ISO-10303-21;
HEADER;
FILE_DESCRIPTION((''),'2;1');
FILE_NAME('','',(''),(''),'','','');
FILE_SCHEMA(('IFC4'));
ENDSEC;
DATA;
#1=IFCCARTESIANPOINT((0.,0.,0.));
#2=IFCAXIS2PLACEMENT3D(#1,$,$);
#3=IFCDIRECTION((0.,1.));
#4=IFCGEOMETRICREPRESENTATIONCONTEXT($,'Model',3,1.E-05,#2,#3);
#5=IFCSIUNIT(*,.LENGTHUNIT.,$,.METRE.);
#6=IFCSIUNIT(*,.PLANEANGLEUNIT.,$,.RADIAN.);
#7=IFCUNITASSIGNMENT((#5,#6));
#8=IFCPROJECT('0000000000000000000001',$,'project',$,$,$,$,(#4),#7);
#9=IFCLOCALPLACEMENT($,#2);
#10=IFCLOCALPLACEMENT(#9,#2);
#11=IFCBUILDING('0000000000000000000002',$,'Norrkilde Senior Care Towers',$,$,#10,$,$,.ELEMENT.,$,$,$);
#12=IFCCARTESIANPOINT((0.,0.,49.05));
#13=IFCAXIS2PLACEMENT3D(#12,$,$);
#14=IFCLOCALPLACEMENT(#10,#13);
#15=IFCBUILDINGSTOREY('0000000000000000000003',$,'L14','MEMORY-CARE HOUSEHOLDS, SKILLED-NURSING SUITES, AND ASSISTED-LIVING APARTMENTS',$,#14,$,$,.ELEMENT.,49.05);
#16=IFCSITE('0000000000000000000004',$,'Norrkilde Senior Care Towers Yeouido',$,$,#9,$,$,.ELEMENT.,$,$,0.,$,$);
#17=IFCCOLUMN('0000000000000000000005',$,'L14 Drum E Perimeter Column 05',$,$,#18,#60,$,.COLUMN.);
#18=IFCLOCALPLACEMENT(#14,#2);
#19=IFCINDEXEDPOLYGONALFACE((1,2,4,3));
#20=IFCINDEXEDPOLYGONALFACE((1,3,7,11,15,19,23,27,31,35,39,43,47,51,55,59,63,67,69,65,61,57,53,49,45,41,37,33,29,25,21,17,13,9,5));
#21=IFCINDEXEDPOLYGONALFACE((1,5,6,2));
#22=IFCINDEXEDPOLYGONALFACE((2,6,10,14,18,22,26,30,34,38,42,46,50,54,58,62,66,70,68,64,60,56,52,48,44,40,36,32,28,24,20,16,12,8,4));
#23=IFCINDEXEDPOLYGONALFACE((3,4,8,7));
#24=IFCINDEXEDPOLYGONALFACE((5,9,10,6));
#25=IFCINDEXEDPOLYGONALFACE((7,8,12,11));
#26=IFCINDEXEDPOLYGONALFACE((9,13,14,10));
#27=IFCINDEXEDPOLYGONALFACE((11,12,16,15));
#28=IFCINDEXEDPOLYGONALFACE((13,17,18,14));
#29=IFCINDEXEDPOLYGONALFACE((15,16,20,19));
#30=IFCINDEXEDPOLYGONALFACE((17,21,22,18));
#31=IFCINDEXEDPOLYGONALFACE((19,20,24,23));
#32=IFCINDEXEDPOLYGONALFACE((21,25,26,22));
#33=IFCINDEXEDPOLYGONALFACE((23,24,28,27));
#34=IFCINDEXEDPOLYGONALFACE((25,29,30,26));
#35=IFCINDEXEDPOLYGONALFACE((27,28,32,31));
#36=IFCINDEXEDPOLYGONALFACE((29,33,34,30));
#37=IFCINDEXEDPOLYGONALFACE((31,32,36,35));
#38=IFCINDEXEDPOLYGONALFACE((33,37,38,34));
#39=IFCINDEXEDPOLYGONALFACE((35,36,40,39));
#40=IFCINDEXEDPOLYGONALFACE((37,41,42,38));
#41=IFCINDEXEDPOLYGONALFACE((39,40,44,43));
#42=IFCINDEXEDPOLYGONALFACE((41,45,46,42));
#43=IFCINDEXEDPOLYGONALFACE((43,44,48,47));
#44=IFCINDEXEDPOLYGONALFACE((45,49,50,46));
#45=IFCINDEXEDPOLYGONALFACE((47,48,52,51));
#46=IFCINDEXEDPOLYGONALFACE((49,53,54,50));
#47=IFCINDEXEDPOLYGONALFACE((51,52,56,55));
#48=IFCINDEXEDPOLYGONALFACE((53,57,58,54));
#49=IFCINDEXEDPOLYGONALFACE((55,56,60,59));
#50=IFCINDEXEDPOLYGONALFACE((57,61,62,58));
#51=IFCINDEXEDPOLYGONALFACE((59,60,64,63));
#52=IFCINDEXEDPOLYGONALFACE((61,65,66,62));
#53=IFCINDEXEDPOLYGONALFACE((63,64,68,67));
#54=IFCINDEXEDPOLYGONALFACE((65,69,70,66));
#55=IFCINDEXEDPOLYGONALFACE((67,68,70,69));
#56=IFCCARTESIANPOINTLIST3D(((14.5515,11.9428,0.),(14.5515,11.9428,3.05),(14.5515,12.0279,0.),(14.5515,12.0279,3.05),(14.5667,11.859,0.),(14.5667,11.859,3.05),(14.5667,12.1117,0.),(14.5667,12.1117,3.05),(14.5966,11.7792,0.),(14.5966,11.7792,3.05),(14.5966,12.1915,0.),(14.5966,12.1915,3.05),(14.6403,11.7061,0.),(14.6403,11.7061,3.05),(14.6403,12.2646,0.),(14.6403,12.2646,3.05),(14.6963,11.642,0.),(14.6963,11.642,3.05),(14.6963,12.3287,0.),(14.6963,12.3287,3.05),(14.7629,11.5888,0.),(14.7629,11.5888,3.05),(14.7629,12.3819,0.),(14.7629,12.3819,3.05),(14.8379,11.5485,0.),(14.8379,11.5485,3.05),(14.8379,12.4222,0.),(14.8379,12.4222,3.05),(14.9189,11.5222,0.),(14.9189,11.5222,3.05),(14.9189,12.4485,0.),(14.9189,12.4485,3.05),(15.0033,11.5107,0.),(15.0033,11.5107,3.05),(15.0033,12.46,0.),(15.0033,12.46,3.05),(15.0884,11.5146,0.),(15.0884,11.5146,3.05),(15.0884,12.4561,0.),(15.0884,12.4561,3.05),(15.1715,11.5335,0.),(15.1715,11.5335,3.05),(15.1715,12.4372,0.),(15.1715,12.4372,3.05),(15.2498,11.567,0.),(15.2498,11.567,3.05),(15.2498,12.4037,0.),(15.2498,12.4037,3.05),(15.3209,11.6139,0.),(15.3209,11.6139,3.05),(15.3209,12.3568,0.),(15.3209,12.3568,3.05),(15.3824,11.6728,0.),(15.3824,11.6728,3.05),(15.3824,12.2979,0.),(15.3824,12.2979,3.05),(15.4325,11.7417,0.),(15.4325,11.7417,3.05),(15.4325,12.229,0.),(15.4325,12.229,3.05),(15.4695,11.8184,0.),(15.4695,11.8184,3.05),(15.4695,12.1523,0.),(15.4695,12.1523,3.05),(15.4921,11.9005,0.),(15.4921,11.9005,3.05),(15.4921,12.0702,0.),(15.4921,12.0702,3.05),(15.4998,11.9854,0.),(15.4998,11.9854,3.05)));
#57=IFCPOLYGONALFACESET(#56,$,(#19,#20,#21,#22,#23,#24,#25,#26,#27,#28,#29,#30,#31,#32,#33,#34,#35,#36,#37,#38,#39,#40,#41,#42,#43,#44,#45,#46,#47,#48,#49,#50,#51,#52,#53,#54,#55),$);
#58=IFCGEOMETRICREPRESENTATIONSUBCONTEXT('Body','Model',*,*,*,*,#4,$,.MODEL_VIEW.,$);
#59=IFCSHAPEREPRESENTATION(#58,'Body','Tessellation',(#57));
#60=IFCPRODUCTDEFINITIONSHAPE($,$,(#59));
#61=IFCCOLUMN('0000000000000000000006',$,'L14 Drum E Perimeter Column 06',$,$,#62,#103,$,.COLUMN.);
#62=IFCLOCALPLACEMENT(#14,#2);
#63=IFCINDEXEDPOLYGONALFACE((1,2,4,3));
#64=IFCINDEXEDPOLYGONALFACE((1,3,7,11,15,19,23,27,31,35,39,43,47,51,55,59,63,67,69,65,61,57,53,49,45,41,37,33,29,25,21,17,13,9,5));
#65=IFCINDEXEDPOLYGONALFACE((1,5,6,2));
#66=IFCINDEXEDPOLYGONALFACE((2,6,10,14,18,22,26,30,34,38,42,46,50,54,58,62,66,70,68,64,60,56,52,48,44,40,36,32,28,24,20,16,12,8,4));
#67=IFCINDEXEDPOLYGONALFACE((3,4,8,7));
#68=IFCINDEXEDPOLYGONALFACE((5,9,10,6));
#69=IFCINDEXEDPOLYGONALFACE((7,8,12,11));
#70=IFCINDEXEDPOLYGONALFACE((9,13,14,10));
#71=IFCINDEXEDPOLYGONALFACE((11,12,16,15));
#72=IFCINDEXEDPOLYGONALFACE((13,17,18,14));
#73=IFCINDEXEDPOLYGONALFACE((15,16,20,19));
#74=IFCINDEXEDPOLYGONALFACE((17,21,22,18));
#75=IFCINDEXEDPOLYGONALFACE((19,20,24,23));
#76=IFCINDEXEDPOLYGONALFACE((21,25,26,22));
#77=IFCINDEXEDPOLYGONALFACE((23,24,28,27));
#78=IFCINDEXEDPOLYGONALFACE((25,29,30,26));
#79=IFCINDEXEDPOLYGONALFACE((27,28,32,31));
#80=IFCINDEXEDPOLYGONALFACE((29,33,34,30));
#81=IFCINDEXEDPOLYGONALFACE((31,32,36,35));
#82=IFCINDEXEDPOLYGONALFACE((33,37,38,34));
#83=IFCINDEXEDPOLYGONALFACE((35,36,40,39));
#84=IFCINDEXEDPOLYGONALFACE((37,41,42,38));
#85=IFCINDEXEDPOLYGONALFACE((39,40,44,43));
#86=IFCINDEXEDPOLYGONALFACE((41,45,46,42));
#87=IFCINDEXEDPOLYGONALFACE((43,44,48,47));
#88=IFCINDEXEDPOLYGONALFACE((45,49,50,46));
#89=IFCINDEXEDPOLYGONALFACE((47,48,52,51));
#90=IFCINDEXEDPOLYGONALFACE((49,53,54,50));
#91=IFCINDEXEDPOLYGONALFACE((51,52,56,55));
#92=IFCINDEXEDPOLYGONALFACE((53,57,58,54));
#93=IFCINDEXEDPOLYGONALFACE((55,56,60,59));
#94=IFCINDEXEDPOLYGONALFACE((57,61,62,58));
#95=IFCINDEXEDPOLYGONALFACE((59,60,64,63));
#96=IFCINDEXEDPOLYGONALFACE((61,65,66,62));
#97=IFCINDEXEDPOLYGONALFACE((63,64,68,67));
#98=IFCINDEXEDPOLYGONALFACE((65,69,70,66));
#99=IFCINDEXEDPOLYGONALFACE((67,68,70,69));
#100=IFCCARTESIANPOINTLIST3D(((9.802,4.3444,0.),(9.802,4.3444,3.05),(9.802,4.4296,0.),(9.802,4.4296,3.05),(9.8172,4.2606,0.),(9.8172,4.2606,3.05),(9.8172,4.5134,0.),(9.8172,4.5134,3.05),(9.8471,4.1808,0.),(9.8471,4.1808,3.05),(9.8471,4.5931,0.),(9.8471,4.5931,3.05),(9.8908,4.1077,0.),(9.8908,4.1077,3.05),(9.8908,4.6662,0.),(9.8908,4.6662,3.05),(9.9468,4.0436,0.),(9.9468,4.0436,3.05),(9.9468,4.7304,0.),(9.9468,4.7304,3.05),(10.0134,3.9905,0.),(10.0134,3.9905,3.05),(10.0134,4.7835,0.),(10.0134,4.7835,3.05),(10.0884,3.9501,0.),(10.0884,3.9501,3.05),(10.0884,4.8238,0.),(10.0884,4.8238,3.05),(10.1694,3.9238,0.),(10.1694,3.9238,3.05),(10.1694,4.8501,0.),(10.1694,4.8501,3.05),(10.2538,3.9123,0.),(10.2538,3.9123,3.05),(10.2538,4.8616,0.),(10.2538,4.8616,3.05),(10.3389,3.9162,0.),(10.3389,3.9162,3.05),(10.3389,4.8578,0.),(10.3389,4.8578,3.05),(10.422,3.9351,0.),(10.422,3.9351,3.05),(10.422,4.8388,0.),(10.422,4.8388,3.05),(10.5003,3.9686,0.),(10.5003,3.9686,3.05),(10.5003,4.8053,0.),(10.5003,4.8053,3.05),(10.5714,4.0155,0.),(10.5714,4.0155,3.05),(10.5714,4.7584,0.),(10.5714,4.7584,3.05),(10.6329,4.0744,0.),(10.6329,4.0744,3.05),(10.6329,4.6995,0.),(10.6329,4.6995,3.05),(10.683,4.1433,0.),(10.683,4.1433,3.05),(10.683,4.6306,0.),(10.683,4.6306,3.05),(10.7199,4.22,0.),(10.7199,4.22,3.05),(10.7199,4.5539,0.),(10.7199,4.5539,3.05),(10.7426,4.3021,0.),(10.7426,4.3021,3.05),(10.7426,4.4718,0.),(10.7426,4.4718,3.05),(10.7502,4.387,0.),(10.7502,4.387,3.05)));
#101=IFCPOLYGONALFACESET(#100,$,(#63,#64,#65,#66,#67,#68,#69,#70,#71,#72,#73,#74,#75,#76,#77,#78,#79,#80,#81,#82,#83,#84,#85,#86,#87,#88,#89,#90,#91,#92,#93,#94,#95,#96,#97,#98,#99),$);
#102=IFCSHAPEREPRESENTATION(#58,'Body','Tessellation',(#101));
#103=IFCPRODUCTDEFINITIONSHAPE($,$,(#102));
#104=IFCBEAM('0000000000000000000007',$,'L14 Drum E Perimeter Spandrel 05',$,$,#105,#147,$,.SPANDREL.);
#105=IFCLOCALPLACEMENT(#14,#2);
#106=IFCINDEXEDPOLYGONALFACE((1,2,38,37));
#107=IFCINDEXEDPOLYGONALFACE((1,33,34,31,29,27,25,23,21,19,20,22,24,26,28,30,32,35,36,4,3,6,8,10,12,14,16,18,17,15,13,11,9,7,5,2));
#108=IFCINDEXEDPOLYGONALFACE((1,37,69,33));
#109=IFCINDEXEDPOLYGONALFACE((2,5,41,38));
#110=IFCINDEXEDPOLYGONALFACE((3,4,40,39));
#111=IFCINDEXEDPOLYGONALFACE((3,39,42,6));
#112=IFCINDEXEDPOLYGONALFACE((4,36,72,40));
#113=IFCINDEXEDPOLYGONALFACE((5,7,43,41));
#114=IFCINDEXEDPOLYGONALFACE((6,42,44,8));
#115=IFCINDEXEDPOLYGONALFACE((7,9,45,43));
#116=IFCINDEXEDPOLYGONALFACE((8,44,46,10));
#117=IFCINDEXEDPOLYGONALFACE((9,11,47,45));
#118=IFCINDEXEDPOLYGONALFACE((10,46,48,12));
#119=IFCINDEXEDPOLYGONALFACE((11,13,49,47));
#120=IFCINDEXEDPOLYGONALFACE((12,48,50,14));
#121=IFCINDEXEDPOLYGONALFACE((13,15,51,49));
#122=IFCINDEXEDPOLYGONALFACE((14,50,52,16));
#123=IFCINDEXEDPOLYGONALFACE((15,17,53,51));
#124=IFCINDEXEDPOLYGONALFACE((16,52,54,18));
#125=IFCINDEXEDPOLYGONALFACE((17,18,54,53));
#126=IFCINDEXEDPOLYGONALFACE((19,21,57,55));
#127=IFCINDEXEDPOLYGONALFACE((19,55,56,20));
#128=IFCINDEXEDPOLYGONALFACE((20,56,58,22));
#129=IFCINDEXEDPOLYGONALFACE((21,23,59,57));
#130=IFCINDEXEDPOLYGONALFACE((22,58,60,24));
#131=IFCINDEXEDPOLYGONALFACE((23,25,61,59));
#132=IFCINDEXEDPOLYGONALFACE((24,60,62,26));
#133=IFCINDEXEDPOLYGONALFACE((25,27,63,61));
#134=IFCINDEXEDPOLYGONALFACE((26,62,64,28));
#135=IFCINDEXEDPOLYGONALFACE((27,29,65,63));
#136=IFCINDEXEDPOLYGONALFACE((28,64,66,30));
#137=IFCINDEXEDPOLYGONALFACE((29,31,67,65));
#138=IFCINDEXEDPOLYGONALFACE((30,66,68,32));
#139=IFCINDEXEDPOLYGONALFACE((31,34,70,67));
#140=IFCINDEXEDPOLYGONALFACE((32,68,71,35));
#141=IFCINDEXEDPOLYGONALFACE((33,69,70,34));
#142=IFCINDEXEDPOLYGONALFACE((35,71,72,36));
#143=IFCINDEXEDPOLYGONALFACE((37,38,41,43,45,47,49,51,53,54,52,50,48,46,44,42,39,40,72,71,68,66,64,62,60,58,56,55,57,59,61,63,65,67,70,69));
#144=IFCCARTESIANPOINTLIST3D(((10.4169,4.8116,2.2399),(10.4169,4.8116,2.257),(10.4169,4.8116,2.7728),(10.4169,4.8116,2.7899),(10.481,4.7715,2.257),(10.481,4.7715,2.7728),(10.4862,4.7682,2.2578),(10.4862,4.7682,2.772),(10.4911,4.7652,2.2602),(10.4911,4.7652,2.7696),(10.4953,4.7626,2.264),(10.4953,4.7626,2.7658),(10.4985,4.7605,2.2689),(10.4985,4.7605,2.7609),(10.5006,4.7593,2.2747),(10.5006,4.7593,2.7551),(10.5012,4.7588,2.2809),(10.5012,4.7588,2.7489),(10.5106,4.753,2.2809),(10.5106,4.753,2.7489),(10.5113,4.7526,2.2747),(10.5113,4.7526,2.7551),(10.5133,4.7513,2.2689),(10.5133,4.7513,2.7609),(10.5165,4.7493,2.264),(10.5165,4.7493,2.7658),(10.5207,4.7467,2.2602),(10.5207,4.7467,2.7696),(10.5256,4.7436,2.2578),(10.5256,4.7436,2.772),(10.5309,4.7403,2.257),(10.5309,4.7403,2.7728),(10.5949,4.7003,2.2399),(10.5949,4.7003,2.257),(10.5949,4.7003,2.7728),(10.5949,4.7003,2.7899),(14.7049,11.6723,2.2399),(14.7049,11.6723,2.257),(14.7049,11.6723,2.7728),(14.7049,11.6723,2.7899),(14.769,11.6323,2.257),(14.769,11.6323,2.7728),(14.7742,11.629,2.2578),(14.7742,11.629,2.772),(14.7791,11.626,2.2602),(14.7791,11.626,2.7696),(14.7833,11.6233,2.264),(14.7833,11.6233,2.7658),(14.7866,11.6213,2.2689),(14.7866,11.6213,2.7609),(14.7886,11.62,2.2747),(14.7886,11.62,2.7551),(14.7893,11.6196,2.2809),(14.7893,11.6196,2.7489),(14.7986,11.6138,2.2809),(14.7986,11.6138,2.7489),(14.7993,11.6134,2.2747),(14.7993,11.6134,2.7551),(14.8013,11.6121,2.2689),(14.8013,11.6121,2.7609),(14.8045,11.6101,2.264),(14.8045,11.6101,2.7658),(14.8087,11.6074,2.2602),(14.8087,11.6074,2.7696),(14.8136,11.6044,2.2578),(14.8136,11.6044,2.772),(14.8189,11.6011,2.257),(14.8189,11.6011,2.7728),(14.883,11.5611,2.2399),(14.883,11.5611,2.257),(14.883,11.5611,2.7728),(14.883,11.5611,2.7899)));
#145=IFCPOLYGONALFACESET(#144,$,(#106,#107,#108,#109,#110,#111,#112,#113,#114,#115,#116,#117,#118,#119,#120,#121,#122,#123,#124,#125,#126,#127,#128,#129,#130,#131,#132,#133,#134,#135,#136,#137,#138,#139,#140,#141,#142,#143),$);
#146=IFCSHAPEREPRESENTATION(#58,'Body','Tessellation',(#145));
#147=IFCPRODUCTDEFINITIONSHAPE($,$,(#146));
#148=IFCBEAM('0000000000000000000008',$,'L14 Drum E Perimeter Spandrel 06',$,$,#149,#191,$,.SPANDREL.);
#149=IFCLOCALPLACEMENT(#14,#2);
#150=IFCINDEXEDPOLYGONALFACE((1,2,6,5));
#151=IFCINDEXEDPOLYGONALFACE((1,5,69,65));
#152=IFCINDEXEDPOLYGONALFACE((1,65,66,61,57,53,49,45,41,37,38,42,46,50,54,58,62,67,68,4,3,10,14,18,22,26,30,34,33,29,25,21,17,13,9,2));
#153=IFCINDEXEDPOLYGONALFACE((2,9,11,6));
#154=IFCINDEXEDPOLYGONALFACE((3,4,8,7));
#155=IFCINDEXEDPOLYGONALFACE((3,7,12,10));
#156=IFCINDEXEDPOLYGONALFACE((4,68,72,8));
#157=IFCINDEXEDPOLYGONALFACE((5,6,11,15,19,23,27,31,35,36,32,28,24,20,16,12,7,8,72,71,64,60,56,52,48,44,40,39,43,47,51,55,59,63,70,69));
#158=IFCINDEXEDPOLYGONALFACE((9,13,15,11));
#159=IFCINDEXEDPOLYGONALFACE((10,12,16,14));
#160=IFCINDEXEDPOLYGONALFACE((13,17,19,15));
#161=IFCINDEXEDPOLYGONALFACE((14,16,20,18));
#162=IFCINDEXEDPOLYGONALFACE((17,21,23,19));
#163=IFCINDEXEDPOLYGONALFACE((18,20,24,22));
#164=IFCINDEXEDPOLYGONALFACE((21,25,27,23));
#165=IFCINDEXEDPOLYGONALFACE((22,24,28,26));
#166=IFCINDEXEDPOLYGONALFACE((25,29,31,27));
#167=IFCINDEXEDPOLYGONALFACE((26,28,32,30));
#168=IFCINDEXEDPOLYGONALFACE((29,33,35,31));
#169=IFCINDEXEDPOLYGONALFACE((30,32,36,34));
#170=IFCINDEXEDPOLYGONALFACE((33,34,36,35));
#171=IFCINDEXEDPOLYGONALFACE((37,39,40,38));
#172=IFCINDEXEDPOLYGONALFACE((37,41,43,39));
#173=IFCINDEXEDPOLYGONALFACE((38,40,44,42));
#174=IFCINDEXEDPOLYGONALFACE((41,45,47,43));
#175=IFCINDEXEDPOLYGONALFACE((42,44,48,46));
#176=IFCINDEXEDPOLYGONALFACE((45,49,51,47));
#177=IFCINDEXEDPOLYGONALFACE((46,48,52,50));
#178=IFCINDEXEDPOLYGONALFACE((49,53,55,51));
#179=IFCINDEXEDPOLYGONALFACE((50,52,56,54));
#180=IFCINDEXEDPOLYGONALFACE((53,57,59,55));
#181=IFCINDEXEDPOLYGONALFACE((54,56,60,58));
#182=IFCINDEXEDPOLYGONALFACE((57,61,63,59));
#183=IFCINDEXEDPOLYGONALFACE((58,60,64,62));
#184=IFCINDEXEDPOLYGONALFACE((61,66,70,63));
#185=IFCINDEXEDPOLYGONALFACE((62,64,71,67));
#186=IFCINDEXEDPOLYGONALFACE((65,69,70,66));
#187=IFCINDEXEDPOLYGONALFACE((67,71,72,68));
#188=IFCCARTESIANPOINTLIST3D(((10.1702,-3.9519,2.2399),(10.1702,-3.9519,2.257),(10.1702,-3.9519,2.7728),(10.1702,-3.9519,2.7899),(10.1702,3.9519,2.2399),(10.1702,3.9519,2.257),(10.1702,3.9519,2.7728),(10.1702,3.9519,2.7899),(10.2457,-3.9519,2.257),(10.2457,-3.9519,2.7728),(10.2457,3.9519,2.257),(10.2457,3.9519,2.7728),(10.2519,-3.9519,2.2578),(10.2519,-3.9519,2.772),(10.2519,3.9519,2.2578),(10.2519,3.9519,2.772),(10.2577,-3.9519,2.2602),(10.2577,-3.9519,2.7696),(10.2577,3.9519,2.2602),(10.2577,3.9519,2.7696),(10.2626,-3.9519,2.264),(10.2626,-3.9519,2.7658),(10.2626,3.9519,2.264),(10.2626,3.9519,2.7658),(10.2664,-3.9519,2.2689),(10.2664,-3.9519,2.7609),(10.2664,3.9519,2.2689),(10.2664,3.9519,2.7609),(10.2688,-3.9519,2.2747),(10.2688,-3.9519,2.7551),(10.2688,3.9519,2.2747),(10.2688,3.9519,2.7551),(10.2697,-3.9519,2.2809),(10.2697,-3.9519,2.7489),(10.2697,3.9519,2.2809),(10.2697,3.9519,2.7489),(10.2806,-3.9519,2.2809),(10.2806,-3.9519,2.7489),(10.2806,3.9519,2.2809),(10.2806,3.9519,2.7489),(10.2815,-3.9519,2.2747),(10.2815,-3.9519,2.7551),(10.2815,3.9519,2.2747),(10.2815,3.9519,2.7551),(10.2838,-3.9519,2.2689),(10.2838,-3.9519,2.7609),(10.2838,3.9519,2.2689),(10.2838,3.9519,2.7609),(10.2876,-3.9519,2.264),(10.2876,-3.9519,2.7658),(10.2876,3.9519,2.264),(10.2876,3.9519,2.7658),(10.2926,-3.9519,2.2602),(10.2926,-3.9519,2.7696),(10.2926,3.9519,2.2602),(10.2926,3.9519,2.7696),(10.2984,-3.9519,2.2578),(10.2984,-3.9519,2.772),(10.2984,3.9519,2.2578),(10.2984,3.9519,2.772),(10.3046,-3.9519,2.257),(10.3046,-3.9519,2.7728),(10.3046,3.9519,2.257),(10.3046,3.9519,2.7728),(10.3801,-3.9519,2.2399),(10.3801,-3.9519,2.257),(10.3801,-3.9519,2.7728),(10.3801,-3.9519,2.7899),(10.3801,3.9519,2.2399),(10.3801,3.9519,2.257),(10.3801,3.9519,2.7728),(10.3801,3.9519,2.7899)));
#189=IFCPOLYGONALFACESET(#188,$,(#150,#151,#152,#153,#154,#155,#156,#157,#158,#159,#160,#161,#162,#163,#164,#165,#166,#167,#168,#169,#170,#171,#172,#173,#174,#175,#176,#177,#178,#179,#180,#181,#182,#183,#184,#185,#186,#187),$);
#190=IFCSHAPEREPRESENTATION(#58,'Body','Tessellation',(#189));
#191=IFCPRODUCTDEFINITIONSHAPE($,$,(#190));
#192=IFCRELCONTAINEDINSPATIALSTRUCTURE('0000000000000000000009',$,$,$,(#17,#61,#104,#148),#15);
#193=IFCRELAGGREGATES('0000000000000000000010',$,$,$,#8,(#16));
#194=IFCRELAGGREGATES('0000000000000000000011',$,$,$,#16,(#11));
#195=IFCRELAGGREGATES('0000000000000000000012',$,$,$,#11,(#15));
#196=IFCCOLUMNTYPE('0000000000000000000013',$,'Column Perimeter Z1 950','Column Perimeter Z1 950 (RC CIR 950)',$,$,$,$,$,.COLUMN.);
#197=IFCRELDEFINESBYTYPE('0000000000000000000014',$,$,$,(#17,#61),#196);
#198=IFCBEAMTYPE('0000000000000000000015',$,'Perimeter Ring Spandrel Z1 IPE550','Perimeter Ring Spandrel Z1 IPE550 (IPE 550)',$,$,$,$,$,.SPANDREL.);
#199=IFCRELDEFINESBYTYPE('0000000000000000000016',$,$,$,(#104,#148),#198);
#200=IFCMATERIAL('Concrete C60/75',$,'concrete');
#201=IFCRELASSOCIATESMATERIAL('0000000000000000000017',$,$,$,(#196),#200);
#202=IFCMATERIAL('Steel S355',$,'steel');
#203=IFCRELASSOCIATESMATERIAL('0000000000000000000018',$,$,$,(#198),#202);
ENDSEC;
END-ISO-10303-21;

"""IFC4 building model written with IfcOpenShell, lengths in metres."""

from ifc_helpers import new_model, si_unit, direction, frame, origin, origin_2d, place, context, subcontext, project, spatial, circle, i_section, extrude, source, transform, mapped, material, material_profile, profile_set, type_object, type_shapes, element, save


model = new_model("IFC4")

# Units and contexts
model_context = context("Model", 3, precision=1e-05, world=origin(), true_north=direction((0.0, 1.0)))
body_context = subcontext(model_context, "Body", "Model", "MODEL_VIEW")
ifc_project = project(units=[si_unit("LENGTHUNIT", "METRE"), si_unit("PLANEANGLEUNIT", "RADIAN")], contexts=[model_context])

# Site, building, storey
site_placement = place(None, origin())
site = spatial("IfcSite", under=ifc_project, at=site_placement, Name="Norrkilde Senior Care Towers Yeouido", CompositionType="ELEMENT", RefElevation=0.0)
building_placement = place(site_placement, origin())
building = spatial("IfcBuilding", under=site, at=building_placement, Name="Norrkilde Senior Care Towers", CompositionType="ELEMENT")
storey_placement = place(building_placement, frame((0.0, 0.0, 49.05)))
storey = spatial("IfcBuildingStorey", under=building, at=storey_placement, Name="L14", Description="MEMORY-CARE HOUSEHOLDS, SKILLED-NURSING SUITES, AND ASSISTED-LIVING APARTMENTS", CompositionType="ELEMENT", Elevation=49.05)

# Columns
ifc_material_1 = material(Name="Concrete C60/75", Category="concrete")
ifc_material_profile_1 = material_profile(ifc_material_1, circle(Radius=0.4751, at=origin_2d()), Name="RC CIR 950")
ifc_profile_set_1 = profile_set([ifc_material_profile_1], Name="Concrete C60/75")
column_type = type_object("IfcColumnType", Name="Column Perimeter Z1 950", Description="Column Perimeter Z1 950 (RC CIR 950)", PredefinedType="COLUMN", material=ifc_profile_set_1)
shared_shape_1 = source(origin(), body_context, "Body", "SweptSolid", [
    extrude(circle(Radius=0.4751, at=origin_2d()), origin(), (0.0, 0.0, 1.0), 3.05),
])
type_shapes(column_type, [shared_shape_1])
for number, where, z_axis, x_axis, name in (
    (1, (15.0247, 11.9854, 0.0), (0.0, 0.0, 1.0), (1.0, 0.0, 0.0), "L14 Drum E Perimeter Column 05"),
    (2, (10.2751, 4.387, 0.0), (0.0, 0.0, 1.0), (1.0, 0.0, 0.0), "L14 Drum E Perimeter Column 06"),
):
    element("IfcColumn", number, at=place(storey_placement, frame(where, z_axis=z_axis, x_axis=x_axis)), inside=storey, type_object=column_type, Name=name, PredefinedType="COLUMN", context=body_context, shape_type="MappedRepresentation", body=[
        mapped(shared_shape_1, transform((0.0, 0.0, 0.0), x_axis=(1.0, 0.0, 0.0), y_axis=(0.0, 1.0, 0.0), z_axis=(0.0, 0.0, 1.0), scale=1.0)),
    ])

# Beams
ifc_material_2 = material(Name="Steel S355", Category="steel")
ifc_material_profile_2 = material_profile(ifc_material_2, i_section(OverallWidth=0.21, OverallDepth=0.55, WebThickness=0.011, FlangeThickness=0.0171, FilletRadius=0.0239, at=origin_2d()), Name="IPE 550")
ifc_profile_set_2 = profile_set([ifc_material_profile_2], Name="Steel S355")
beam_type = type_object("IfcBeamType", Name="Perimeter Ring Spandrel Z1 IPE550", Description="Perimeter Ring Spandrel Z1 IPE550 (IPE 550)", PredefinedType="SPANDREL", material=ifc_profile_set_2)
shared_shape_2 = source(origin(), body_context, "Body", "SweptSolid", [
    extrude(i_section(OverallWidth=0.21, OverallDepth=0.55, WebThickness=0.011, FlangeThickness=0.0171, FilletRadius=0.0239, at=origin_2d()), origin(), (0.0, 0.0, 1.0), 8.0906),
])
beam_1_placement = place(storey_placement, frame((14.7939, 11.6167, 2.5149), z_axis=(-0.530004, -0.847995, 0.0), x_axis=(0.847995, -0.530004, 0.0)))
element("IfcBeam", 3, at=beam_1_placement, inside=storey, type_object=beam_type, Name="L14 Drum E Perimeter Spandrel 05", PredefinedType="SPANDREL", context=body_context, shape_type="MappedRepresentation", body=[
    mapped(shared_shape_2, transform((0.0, 0.0, 0.0), x_axis=(1.0, 0.0, 0.0), y_axis=(0.0, 1.0, 0.0), z_axis=(0.0, 0.0, 1.0), scale=1.0)),
])
shared_shape_3 = source(origin(), body_context, "Body", "SweptSolid", [
    extrude(i_section(OverallWidth=0.21, OverallDepth=0.55, WebThickness=0.011, FlangeThickness=0.0171, FilletRadius=0.0239, at=origin_2d()), origin(), (0.0, 0.0, 1.0), 7.9038),
])
type_shapes(beam_type, [shared_shape_2, shared_shape_3])
beam_2_placement = place(storey_placement, frame((10.2751, 3.9519, 2.5149), z_axis=(0.0, -1.0, 0.0), x_axis=(1.0, 0.0, 0.0)))
element("IfcBeam", 4, at=beam_2_placement, inside=storey, type_object=beam_type, Name="L14 Drum E Perimeter Spandrel 06", PredefinedType="SPANDREL", context=body_context, shape_type="MappedRepresentation", body=[
    mapped(shared_shape_3, transform((0.0, 0.0, 0.0), x_axis=(1.0, 0.0, 0.0), y_axis=(0.0, 1.0, 0.0), z_axis=(0.0, 0.0, 1.0), scale=1.0)),
])

save(model, "model.ifc")
